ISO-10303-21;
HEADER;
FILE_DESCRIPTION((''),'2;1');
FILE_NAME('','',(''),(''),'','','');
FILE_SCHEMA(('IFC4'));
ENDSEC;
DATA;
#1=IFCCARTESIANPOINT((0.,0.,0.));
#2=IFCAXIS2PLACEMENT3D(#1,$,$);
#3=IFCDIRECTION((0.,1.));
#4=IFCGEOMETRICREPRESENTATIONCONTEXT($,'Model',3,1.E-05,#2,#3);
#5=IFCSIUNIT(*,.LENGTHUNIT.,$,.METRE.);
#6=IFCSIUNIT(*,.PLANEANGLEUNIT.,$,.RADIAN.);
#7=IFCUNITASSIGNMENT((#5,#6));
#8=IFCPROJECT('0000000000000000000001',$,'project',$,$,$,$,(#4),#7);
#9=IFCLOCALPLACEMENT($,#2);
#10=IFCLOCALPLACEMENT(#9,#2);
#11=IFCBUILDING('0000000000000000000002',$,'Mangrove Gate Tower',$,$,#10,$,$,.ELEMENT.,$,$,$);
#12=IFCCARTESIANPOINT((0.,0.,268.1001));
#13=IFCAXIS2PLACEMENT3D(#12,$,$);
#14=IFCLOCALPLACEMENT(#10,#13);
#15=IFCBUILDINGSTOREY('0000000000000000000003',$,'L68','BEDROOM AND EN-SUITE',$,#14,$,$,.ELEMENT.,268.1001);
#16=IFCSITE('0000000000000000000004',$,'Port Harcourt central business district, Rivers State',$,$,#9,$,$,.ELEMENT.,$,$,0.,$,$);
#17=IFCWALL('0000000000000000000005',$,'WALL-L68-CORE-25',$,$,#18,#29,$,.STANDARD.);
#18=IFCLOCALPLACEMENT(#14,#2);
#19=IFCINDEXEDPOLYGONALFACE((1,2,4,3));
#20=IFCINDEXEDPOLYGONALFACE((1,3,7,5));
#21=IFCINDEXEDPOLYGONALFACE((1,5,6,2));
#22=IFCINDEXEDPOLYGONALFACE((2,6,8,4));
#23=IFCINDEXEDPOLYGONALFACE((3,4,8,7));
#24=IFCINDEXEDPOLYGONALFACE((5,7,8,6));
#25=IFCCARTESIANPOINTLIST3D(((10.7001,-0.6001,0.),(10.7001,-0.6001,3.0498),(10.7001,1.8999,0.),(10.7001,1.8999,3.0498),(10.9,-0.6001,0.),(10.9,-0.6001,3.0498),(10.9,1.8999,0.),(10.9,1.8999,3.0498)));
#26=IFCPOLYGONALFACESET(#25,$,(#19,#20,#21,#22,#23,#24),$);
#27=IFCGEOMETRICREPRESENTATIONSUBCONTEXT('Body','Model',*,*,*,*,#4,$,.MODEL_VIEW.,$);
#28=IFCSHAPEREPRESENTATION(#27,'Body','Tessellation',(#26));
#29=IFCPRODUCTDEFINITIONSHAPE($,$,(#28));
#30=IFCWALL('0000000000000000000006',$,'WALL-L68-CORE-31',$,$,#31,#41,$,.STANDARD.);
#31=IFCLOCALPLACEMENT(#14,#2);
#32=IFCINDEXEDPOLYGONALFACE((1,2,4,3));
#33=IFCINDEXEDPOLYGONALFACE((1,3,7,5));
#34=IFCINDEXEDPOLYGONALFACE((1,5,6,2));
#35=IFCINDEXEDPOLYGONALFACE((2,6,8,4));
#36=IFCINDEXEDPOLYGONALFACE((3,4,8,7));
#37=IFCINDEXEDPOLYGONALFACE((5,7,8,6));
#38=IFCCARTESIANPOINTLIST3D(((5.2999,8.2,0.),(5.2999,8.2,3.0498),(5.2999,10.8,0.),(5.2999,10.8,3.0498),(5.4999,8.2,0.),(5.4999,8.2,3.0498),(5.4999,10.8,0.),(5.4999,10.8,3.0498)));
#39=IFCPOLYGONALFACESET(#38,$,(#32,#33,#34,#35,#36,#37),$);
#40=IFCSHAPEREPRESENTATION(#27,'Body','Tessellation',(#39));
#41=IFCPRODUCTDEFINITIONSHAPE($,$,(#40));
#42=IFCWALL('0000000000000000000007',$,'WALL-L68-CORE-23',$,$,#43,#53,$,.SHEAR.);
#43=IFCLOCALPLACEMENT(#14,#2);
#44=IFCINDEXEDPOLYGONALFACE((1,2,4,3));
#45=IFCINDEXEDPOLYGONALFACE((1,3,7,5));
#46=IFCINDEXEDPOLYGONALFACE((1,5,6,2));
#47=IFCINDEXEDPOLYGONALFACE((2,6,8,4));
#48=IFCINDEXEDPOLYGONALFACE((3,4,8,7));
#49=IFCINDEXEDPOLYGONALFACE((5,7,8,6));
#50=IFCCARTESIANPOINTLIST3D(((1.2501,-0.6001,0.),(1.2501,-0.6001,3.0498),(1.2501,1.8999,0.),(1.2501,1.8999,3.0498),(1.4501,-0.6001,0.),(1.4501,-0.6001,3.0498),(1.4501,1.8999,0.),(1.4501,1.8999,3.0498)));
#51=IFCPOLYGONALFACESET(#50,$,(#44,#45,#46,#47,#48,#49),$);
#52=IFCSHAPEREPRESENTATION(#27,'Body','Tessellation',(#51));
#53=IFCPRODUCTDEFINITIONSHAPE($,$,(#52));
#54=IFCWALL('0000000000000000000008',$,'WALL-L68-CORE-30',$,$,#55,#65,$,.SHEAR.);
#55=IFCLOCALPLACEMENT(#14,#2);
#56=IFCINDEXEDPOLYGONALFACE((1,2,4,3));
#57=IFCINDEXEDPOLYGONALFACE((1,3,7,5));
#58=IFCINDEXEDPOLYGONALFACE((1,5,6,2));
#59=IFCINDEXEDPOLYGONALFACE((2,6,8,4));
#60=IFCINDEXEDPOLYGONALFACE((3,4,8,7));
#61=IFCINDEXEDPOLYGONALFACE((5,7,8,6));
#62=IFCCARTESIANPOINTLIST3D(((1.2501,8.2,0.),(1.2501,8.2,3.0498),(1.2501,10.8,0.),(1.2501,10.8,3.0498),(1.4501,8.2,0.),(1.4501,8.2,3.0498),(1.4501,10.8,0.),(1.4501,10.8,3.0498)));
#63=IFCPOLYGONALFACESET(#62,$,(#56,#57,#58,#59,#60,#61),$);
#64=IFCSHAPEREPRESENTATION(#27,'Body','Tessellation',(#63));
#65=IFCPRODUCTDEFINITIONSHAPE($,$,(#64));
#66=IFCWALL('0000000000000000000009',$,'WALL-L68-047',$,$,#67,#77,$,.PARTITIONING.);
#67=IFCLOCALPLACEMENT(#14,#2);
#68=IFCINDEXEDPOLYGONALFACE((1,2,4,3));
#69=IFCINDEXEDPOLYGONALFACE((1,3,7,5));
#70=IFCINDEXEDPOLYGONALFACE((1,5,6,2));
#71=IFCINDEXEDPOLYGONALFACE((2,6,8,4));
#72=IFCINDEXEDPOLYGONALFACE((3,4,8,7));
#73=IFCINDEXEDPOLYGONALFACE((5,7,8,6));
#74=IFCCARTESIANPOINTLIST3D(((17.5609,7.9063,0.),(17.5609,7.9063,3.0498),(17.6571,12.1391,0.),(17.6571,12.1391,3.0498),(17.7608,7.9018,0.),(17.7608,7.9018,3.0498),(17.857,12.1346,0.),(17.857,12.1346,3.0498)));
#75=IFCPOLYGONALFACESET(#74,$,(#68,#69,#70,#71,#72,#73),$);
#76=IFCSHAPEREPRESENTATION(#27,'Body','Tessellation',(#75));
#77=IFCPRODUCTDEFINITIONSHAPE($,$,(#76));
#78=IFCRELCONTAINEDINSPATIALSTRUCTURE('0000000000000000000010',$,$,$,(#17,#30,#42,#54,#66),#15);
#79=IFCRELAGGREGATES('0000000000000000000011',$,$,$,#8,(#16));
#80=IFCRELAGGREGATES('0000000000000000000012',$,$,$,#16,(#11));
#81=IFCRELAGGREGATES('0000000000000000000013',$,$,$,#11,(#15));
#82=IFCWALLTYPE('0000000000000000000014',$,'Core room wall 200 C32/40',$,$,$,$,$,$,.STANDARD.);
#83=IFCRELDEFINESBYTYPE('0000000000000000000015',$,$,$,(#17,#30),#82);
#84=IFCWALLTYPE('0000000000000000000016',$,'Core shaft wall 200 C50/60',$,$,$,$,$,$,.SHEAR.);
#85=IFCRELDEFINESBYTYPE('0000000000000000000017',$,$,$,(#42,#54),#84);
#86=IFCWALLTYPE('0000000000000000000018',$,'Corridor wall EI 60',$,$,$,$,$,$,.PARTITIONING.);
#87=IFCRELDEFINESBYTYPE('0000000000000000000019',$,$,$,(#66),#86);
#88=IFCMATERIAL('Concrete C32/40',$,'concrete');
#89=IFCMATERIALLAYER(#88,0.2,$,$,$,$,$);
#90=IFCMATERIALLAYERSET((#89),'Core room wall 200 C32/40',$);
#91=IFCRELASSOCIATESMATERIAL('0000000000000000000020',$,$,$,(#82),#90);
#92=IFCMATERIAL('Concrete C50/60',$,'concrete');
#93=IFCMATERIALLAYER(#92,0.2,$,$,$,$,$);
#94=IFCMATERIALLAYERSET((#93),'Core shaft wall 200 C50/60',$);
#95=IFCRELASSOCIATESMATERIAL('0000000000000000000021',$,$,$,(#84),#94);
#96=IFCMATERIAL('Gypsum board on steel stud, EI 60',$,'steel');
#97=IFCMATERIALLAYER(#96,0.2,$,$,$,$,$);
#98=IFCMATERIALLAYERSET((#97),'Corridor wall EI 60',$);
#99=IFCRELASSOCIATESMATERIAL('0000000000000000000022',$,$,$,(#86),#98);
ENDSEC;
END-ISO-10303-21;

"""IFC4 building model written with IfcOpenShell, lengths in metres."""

from ifc_helpers import new_model, si_unit, direction, frame, frame_2d, origin, place, context, subcontext, project, spatial, rectangle, extrude, material, layer, layer_set, type_object, element, save


model = new_model("IFC4")

# Units and contexts
model_context = context("Model", 3, precision=1e-05, world=origin(), true_north=direction((0.0, 1.0)))
body_context = subcontext(model_context, "Body", "Model", "MODEL_VIEW")
ifc_project = project(units=[si_unit("LENGTHUNIT", "METRE"), si_unit("PLANEANGLEUNIT", "RADIAN")], contexts=[model_context])

# Site, building, storey
site_placement = place(None, origin())
site = spatial("IfcSite", under=ifc_project, at=site_placement, Name="Port Harcourt central business district, Rivers State", CompositionType="ELEMENT", RefElevation=0.0)
building_placement = place(site_placement, origin())
building = spatial("IfcBuilding", under=site, at=building_placement, Name="Mangrove Gate Tower", CompositionType="ELEMENT")
storey_placement = place(building_placement, frame((0.0, 0.0, 268.1001)))
storey = spatial("IfcBuildingStorey", under=building, at=storey_placement, Name="L68", Description="BEDROOM AND EN-SUITE", CompositionType="ELEMENT", Elevation=268.1001)

# Walls
ifc_material_1 = material(Name="Concrete C32/40", Category="concrete")
ifc_layer_1 = layer(ifc_material_1, 0.2)
ifc_layer_set_1 = layer_set([ifc_layer_1], Name="Core room wall 200 C32/40")
wall_type_1 = type_object("IfcWallType", Name="Core room wall 200 C32/40", PredefinedType="STANDARD", material=ifc_layer_set_1)
for number, where, z_axis, x_axis, name in (
    (1, (10.8, -0.6001, 0.0), (0.0, 0.0, 1.0), (0.0, 1.0, 0.0), "WALL-L68-CORE-25"),
):
    element("IfcWall", number, at=place(storey_placement, frame(where, z_axis=z_axis, x_axis=x_axis)), inside=storey, type_object=wall_type_1, Name=name, PredefinedType="STANDARD", context=body_context, shape_type="SweptSolid", body=[
        extrude(rectangle(XDim=2.5, YDim=0.2, at=frame_2d((1.25, 0.0))), origin(), (0.0, 0.0, 1.0), 3.0498),
    ])
wall_1_placement = place(storey_placement, frame((5.3999, 8.2, 0.0), z_axis=(0.0, 0.0, 1.0), x_axis=(0.0, 1.0, 0.0)))
element("IfcWall", 2, at=wall_1_placement, inside=storey, type_object=wall_type_1, Name="WALL-L68-CORE-31", PredefinedType="STANDARD", context=body_context, shape_type="SweptSolid", body=[
    extrude(rectangle(XDim=2.6001, YDim=0.2, at=frame_2d((1.3, 0.0))), origin(), (0.0, 0.0, 1.0), 3.0498),
])
ifc_material_2 = material(Name="Concrete C50/60", Category="concrete")
ifc_layer_2 = layer(ifc_material_2, 0.2)
ifc_layer_set_2 = layer_set([ifc_layer_2], Name="Core shaft wall 200 C50/60")
wall_type_2 = type_object("IfcWallType", Name="Core shaft wall 200 C50/60", PredefinedType="SHEAR", material=ifc_layer_set_2)
wall_2_placement = place(storey_placement, frame((1.3501, -0.6001, 0.0), z_axis=(0.0, 0.0, 1.0), x_axis=(0.0, 1.0, 0.0)))
element("IfcWall", 3, at=wall_2_placement, inside=storey, type_object=wall_type_2, Name="WALL-L68-CORE-23", PredefinedType="SHEAR", context=body_context, shape_type="SweptSolid", body=[
    extrude(rectangle(XDim=2.5, YDim=0.2, at=frame_2d((1.25, 0.0))), origin(), (0.0, 0.0, 1.0), 3.0498),
])
wall_3_placement = place(storey_placement, frame((1.3501, 8.2, 0.0), z_axis=(0.0, 0.0, 1.0), x_axis=(0.0, 1.0, 0.0)))
element("IfcWall", 4, at=wall_3_placement, inside=storey, type_object=wall_type_2, Name="WALL-L68-CORE-30", PredefinedType="SHEAR", context=body_context, shape_type="SweptSolid", body=[
    extrude(rectangle(XDim=2.6001, YDim=0.2, at=frame_2d((1.3, 0.0))), origin(), (0.0, 0.0, 1.0), 3.0498),
])
ifc_material_3 = material(Name="Gypsum board on steel stud, EI 60", Category="steel")
ifc_layer_3 = layer(ifc_material_3, 0.2)
ifc_layer_set_3 = layer_set([ifc_layer_3], Name="Corridor wall EI 60")
wall_type_3 = type_object("IfcWallType", Name="Corridor wall EI 60", PredefinedType="PARTITIONING", material=ifc_layer_set_3)
wall_4_placement = place(storey_placement, frame((17.6609, 7.9041, 0.0), z_axis=(0.0, 0.0, 1.0), x_axis=(0.022719, 0.999742, 0.0)))
element("IfcWall", 5, at=wall_4_placement, inside=storey, type_object=wall_type_3, Name="WALL-L68-047", PredefinedType="PARTITIONING", context=body_context, shape_type="SweptSolid", body=[
    extrude(rectangle(XDim=4.2339, YDim=0.2, at=frame_2d((2.1169, 0.0))), origin(), (0.0, 0.0, 1.0), 3.0498),
])

save(model, "model.ifc")
